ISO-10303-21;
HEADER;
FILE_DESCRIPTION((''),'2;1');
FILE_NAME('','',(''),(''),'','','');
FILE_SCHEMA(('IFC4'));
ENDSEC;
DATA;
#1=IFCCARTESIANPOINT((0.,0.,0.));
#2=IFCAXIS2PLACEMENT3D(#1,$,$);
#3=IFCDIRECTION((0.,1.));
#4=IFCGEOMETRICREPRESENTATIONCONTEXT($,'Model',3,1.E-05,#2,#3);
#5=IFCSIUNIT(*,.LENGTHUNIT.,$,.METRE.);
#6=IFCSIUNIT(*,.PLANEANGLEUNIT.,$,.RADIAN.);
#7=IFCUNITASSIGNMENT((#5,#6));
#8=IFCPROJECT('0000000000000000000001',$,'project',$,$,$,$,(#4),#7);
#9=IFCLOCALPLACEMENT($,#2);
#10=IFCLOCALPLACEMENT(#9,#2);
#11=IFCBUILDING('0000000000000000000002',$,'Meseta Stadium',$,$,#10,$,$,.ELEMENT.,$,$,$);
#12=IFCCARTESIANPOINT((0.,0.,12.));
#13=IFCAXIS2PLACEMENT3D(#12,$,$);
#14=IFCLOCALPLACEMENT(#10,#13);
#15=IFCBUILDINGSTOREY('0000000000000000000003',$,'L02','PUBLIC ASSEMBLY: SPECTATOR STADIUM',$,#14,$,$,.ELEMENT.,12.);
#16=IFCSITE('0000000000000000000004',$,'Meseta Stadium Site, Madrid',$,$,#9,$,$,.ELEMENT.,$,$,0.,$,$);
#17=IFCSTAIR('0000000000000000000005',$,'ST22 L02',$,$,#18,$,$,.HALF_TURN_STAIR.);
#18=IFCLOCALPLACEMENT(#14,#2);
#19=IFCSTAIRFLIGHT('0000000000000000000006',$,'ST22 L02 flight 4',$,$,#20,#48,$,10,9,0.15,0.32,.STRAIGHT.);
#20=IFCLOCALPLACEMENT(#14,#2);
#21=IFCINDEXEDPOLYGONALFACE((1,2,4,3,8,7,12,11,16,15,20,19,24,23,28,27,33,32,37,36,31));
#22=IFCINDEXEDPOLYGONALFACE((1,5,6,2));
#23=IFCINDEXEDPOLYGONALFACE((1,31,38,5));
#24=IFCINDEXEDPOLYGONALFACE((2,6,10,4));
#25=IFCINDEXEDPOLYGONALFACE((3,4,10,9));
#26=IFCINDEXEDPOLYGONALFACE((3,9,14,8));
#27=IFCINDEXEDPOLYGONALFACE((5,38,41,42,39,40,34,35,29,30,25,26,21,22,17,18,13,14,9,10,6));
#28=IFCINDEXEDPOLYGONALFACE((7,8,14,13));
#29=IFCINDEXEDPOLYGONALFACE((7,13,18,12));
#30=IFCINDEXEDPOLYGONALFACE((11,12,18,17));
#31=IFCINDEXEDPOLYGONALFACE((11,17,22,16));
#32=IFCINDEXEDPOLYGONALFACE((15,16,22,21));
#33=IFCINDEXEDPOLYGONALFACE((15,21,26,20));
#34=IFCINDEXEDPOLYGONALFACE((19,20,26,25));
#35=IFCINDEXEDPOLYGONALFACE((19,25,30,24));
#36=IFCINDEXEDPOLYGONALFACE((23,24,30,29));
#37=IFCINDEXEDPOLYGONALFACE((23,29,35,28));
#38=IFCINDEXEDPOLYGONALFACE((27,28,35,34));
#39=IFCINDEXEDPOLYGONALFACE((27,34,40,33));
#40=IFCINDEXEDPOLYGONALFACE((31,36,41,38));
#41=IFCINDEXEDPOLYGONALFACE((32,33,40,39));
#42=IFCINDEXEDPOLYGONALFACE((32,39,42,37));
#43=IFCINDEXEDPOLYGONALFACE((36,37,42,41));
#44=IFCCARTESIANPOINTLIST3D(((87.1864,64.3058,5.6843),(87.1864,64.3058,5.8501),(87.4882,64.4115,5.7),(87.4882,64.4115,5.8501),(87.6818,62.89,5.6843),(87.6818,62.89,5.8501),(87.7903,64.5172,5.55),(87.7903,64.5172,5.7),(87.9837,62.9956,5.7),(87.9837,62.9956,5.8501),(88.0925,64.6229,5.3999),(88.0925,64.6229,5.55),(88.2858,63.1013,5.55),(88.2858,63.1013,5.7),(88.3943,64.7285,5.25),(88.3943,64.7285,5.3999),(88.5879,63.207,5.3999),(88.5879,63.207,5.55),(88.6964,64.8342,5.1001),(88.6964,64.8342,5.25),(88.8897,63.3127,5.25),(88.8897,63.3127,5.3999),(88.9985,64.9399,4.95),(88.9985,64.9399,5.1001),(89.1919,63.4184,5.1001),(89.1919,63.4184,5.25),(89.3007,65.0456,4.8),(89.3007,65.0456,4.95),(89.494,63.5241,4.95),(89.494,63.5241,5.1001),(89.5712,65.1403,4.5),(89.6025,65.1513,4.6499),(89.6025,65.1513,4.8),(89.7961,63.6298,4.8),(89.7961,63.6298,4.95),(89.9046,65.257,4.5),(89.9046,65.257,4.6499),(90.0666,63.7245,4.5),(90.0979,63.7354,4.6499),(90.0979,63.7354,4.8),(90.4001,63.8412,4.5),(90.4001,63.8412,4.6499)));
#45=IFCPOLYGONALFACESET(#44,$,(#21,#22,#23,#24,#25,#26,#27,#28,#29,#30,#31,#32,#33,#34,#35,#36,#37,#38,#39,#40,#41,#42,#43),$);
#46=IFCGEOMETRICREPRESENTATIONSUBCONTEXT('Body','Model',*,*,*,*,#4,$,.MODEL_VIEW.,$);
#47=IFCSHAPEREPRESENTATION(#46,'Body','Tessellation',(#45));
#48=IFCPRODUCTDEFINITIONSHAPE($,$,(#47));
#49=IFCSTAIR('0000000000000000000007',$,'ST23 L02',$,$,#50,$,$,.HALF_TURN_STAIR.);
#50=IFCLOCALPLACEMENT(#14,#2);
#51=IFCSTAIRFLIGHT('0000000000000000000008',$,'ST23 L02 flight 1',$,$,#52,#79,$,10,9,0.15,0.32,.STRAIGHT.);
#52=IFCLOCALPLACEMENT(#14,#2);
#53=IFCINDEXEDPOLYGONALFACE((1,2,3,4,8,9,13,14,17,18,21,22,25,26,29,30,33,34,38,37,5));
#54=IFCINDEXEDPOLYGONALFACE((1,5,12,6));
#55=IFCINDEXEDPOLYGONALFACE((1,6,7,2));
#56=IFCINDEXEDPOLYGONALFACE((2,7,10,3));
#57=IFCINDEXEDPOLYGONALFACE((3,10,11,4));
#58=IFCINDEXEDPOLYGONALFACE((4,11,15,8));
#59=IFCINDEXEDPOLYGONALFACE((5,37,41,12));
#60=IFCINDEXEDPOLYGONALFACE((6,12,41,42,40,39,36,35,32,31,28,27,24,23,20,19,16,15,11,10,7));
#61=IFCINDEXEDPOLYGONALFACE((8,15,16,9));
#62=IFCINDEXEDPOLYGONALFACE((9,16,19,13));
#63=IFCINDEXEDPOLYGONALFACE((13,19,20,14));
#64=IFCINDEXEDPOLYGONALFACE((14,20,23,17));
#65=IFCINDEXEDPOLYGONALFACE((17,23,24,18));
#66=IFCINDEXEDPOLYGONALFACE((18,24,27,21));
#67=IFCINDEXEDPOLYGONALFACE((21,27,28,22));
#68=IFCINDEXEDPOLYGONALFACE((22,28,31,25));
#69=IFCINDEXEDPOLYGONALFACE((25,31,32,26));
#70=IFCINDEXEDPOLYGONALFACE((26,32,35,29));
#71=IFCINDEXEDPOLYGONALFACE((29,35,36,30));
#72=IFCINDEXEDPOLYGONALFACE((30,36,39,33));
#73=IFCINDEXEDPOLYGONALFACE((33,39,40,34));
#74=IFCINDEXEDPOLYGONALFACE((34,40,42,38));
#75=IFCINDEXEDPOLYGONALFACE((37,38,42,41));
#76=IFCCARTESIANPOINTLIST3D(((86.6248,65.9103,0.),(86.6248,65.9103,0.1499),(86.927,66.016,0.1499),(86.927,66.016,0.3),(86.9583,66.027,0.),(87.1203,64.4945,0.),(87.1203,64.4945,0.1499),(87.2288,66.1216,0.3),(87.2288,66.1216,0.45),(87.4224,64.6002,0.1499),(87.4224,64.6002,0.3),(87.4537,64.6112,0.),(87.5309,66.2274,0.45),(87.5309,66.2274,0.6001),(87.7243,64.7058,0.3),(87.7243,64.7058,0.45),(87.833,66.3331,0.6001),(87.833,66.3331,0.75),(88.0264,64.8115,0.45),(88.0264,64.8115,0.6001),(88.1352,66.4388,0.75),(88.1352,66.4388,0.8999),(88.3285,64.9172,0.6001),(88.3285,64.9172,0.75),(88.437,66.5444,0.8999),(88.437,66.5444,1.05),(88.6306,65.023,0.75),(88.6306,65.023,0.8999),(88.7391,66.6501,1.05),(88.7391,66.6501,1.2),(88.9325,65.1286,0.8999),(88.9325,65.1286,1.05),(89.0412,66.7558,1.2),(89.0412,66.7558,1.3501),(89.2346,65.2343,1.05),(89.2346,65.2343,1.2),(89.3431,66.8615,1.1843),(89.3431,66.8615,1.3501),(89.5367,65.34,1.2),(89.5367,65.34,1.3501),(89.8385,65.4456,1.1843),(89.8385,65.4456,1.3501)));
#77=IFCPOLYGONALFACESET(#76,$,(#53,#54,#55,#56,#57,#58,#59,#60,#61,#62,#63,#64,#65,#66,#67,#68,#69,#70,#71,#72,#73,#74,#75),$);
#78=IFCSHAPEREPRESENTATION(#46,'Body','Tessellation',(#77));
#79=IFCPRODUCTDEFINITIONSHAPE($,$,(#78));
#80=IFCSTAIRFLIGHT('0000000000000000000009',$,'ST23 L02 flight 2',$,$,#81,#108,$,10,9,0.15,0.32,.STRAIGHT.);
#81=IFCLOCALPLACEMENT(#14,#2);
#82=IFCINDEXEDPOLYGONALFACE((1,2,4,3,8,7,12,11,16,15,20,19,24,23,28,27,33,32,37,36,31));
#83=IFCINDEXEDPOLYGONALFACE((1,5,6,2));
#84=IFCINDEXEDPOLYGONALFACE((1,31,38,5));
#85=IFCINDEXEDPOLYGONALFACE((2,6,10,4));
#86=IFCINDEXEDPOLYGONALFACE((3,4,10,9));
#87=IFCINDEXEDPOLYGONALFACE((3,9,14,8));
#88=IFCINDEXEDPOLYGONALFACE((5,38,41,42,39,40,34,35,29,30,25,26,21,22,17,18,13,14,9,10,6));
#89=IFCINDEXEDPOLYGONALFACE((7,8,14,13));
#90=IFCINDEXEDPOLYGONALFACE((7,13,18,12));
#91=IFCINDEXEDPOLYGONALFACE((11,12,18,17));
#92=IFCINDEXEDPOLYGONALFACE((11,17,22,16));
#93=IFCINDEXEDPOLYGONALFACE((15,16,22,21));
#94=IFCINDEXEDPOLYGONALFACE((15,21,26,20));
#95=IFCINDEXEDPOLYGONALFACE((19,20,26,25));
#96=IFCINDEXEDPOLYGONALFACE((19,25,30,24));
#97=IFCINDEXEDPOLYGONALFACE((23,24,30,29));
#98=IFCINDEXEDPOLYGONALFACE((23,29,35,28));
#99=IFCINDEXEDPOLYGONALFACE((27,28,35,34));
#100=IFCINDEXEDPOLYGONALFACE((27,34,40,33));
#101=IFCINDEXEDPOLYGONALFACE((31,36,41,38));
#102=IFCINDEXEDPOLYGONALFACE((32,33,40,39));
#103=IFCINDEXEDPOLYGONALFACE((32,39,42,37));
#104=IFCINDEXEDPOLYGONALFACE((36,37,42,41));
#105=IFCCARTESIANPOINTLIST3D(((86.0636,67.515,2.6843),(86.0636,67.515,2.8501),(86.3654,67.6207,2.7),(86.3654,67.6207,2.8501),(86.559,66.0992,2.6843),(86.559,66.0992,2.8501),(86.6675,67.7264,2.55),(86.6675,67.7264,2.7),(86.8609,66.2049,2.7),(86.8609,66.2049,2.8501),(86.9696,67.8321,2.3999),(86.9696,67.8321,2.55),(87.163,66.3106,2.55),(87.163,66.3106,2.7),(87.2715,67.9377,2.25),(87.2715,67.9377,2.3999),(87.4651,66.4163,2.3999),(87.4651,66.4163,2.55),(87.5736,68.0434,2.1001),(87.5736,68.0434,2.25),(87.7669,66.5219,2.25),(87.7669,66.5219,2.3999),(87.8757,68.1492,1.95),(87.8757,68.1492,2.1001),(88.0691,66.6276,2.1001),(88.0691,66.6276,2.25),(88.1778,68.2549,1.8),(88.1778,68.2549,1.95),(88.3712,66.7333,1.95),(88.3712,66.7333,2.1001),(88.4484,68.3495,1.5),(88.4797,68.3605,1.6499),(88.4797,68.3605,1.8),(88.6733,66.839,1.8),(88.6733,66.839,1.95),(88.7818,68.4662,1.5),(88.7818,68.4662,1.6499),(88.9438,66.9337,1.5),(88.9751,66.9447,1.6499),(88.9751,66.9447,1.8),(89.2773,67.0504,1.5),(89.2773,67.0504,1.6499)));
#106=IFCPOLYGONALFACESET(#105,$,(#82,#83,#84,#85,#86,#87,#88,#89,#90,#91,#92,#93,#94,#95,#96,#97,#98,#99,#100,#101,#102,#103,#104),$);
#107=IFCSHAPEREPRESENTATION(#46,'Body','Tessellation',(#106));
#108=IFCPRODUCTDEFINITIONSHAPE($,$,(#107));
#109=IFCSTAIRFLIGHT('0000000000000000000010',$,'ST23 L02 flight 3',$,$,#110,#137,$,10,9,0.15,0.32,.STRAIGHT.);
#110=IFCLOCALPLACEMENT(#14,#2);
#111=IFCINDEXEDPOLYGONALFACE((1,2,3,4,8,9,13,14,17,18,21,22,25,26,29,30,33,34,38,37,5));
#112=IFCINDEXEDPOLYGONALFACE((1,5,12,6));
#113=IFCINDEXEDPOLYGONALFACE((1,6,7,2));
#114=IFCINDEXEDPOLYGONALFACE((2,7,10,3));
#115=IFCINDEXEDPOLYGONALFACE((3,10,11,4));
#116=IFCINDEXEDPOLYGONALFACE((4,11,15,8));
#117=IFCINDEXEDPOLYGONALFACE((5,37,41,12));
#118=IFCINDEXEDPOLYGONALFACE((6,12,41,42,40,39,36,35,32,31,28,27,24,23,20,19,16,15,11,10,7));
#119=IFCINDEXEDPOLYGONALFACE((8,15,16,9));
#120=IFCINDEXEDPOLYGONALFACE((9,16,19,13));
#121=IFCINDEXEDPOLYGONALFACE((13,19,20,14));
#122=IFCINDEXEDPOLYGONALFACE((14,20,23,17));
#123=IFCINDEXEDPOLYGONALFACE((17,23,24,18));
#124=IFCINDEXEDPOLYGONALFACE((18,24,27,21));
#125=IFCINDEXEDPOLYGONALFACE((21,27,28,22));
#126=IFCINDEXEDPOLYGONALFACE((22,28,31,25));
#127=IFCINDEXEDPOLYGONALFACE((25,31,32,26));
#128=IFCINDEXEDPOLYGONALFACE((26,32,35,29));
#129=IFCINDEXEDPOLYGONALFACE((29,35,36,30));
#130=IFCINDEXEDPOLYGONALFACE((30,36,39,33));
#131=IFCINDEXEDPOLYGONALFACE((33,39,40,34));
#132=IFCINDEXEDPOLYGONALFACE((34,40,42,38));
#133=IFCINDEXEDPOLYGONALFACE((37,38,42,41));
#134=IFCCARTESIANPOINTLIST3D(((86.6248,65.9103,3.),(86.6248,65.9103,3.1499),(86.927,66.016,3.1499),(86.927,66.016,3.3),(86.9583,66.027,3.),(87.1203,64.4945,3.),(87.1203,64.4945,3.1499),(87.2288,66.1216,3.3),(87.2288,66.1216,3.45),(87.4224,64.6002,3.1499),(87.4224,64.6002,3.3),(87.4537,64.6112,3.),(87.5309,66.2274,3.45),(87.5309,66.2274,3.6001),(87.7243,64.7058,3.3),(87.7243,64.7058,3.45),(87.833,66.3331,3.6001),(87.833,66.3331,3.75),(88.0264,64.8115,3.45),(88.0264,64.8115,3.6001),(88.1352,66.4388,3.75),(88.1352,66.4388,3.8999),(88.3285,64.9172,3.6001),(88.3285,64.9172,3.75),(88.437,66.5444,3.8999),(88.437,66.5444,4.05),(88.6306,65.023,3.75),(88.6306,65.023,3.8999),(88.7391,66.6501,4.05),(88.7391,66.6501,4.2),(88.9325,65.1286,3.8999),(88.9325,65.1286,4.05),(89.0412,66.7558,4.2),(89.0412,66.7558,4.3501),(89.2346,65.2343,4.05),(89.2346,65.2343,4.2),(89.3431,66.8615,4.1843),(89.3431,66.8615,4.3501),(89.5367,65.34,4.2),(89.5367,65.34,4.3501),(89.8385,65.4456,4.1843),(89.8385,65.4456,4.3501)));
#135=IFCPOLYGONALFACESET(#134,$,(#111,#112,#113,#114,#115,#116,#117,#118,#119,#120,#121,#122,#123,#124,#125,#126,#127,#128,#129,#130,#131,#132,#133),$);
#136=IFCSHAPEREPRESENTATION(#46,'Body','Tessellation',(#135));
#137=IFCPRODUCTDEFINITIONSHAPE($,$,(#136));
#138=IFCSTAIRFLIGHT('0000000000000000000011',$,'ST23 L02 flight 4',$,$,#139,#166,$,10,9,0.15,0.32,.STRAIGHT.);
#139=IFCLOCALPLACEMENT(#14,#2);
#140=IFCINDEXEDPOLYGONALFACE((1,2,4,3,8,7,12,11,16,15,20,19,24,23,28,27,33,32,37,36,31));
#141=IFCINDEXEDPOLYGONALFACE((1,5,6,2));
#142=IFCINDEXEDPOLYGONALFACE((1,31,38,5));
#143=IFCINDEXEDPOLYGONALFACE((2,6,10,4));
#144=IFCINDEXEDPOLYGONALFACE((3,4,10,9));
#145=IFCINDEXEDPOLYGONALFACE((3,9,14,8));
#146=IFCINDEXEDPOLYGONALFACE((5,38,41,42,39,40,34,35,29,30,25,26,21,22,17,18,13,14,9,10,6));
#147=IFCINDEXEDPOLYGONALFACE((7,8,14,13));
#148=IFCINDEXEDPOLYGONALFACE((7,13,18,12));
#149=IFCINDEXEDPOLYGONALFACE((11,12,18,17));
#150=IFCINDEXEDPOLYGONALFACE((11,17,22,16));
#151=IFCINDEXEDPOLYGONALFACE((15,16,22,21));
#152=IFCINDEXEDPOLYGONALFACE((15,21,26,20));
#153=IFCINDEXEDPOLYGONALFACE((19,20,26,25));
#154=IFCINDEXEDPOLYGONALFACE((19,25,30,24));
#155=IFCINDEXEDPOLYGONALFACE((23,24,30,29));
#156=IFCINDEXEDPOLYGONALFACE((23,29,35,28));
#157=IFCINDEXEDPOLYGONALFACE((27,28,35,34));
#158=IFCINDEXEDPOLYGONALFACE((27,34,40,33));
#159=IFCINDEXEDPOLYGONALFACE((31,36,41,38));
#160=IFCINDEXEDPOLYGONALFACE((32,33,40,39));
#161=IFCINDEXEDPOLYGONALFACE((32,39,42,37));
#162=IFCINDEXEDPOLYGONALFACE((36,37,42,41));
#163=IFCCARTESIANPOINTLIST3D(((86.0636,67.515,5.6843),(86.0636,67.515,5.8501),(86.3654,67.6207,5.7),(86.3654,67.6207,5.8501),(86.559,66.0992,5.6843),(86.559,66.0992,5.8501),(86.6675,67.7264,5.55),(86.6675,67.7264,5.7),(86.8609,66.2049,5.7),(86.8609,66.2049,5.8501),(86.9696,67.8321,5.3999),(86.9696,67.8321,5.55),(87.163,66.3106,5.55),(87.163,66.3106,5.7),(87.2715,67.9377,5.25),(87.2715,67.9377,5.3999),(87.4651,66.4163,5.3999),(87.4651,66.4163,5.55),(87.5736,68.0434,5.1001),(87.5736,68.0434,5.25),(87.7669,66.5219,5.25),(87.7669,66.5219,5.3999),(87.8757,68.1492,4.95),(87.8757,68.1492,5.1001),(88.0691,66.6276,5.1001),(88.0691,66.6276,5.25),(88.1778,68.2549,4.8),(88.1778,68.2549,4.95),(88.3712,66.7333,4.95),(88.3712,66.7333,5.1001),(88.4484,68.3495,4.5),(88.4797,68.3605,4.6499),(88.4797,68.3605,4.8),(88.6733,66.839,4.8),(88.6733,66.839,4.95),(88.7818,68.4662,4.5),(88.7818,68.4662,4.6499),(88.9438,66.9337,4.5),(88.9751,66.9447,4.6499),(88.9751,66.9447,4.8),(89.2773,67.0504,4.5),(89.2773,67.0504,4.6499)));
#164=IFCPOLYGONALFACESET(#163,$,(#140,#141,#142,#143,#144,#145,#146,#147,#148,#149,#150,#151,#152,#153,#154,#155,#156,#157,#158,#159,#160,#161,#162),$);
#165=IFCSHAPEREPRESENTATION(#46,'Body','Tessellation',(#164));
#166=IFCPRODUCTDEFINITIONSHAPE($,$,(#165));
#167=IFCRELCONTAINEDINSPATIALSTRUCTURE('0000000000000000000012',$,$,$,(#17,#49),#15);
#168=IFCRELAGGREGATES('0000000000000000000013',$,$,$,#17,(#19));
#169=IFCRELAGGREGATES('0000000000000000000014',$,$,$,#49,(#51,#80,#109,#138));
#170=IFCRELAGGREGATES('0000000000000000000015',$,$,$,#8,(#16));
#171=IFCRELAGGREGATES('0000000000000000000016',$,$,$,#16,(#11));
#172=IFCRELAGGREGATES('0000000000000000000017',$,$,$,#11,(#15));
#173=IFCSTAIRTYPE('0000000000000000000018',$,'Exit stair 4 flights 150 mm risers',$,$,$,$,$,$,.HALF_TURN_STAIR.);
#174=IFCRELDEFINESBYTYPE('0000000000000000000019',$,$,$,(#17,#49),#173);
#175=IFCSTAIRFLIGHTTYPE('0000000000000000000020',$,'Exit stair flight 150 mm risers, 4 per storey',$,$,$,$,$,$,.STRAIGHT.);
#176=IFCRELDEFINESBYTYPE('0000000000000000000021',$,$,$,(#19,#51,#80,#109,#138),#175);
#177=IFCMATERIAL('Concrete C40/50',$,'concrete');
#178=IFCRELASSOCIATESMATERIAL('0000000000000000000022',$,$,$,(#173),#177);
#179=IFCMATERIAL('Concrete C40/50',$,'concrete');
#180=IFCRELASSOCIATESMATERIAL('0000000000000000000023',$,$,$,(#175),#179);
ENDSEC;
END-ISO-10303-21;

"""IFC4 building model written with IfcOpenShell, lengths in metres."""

from ifc_helpers import new_model, si_unit, direction, frame, origin, place, context, subcontext, project, spatial, polyline, outline, extrude, material, type_object, element, aggregate, save


model = new_model("IFC4")

# Units and contexts
model_context = context("Model", 3, precision=1e-05, world=origin(), true_north=direction((0.0, 1.0)))
body_context = subcontext(model_context, "Body", "Model", "MODEL_VIEW")
ifc_project = project(units=[si_unit("LENGTHUNIT", "METRE"), si_unit("PLANEANGLEUNIT", "RADIAN")], contexts=[model_context])

# Site, building, storey
site_placement = place(None, origin())
site = spatial("IfcSite", under=ifc_project, at=site_placement, Name="Meseta Stadium Site, Madrid", CompositionType="ELEMENT", RefElevation=0.0)
building_placement = place(site_placement, origin())
building = spatial("IfcBuilding", under=site, at=building_placement, Name="Meseta Stadium", CompositionType="ELEMENT")
storey_placement = place(building_placement, frame((0.0, 0.0, 12.0)))
storey = spatial("IfcBuildingStorey", under=building, at=storey_placement, Name="L02", Description="PUBLIC ASSEMBLY: SPECTATOR STADIUM", CompositionType="ELEMENT", Elevation=12.0)

# Stairs, stair flights
ifc_material_1 = material(Name="Concrete C40/50", Category="concrete")
stair_type = type_object("IfcStairType", Name="Exit stair 4 flights 150 mm risers", PredefinedType="HALF_TURN_STAIR", material=ifc_material_1)
stair_1_placement = place(storey_placement, origin())
stair_1 = element("IfcStair", 1, at=stair_1_placement, inside=storey, type_object=stair_type, Name="ST22 L02", PredefinedType="HALF_TURN_STAIR")
ifc_material_2 = material(Name="Concrete C40/50", Category="concrete")
stair_flight_type = type_object("IfcStairFlightType", Name="Exit stair flight 150 mm risers, 4 per storey", PredefinedType="STRAIGHT", material=ifc_material_2)
stair_flight_1_placement = place(storey_placement, frame((90.1523, 64.5491, 4.5), z_axis=(0.0, 0.0, 1.0), x_axis=(-0.943883, -0.330279, 0.0)))
stair_flight_1 = element("IfcStairFlight", 2, at=stair_flight_1_placement, type_object=stair_flight_type, Name="ST22 L02 flight 4", NumberOfRisers=10, NumberOfTreads=9, PredefinedType="STRAIGHT", RiserHeight=0.15, TreadLength=0.32, context=body_context, shape_type="SweptSolid", body=[
    extrude(outline(polyline([(0.0, 0.0), (0.0, 0.1499), (0.3201, 0.1499), (0.3201, 0.3), (0.6399, 0.3), (0.6399, 0.45), (0.96, 0.45), (0.96, 0.6001), (1.28, 0.6001), (1.28, 0.75), (1.6001, 0.75), (1.6001, 0.8999), (1.9199, 0.8999), (1.9199, 1.05), (2.24, 1.05), (2.24, 1.2), (2.5601, 1.2), (2.5601, 1.3501), (2.8799, 1.3501), (2.8799, 1.1843), (0.3533, 0.0), (0.0, 0.0)])), frame((0.0, 0.75, 0.0), z_axis=(0.0, -1.0, 0.0), x_axis=(1.0, 0.0, 0.0)), (0.0, 0.0, 1.0), 1.5),
])
aggregate(stair_1, [stair_flight_1])
stair_2_placement = place(storey_placement, origin())
stair_2 = element("IfcStair", 3, at=stair_2_placement, inside=storey, type_object=stair_type, Name="ST23 L02", PredefinedType="HALF_TURN_STAIR")
stair_flight_2_placement = place(storey_placement, frame((86.8726, 65.2024, 0.0), z_axis=(0.0, 0.0, 1.0), x_axis=(0.943883, 0.330279, 0.0)))
stair_flight_2 = element("IfcStairFlight", 4, at=stair_flight_2_placement, type_object=stair_flight_type, Name="ST23 L02 flight 1", NumberOfRisers=10, NumberOfTreads=9, PredefinedType="STRAIGHT", RiserHeight=0.15, TreadLength=0.32, context=body_context, shape_type="SweptSolid", body=[
    extrude(outline(polyline([(0.0, 0.0), (0.0, 0.1499), (0.3201, 0.1499), (0.3201, 0.3), (0.6399, 0.3), (0.6399, 0.45), (0.96, 0.45), (0.96, 0.6001), (1.28, 0.6001), (1.28, 0.75), (1.6001, 0.75), (1.6001, 0.8999), (1.9199, 0.8999), (1.9199, 1.05), (2.24, 1.05), (2.24, 1.2), (2.5601, 1.2), (2.5601, 1.3501), (2.8799, 1.3501), (2.8799, 1.1843), (0.3533, 0.0), (0.0, 0.0)])), frame((0.0, 0.75, 0.0), z_axis=(0.0, -1.0, 0.0), x_axis=(1.0, 0.0, 0.0)), (0.0, 0.0, 1.0), 1.5),
])
stair_flight_3_placement = place(storey_placement, frame((89.0295, 67.7583, 1.5), z_axis=(0.0, 0.0, 1.0), x_axis=(-0.943883, -0.330279, 0.0)))
stair_flight_3 = element("IfcStairFlight", 5, at=stair_flight_3_placement, type_object=stair_flight_type, Name="ST23 L02 flight 2", NumberOfRisers=10, NumberOfTreads=9, PredefinedType="STRAIGHT", RiserHeight=0.15, TreadLength=0.32, context=body_context, shape_type="SweptSolid", body=[
    extrude(outline(polyline([(0.0, 0.0), (0.0, 0.1499), (0.3201, 0.1499), (0.3201, 0.3), (0.6399, 0.3), (0.6399, 0.45), (0.96, 0.45), (0.96, 0.6001), (1.28, 0.6001), (1.28, 0.75), (1.6001, 0.75), (1.6001, 0.8999), (1.9199, 0.8999), (1.9199, 1.05), (2.24, 1.05), (2.24, 1.2), (2.5601, 1.2), (2.5601, 1.3501), (2.8799, 1.3501), (2.8799, 1.1843), (0.3533, 0.0), (0.0, 0.0)])), frame((0.0, 0.75, 0.0), z_axis=(0.0, -1.0, 0.0), x_axis=(1.0, 0.0, 0.0)), (0.0, 0.0, 1.0), 1.5),
])
stair_flight_4_placement = place(storey_placement, frame((86.8726, 65.2024, 3.0), z_axis=(0.0, 0.0, 1.0), x_axis=(0.943883, 0.330279, 0.0)))
stair_flight_4 = element("IfcStairFlight", 6, at=stair_flight_4_placement, type_object=stair_flight_type, Name="ST23 L02 flight 3", NumberOfRisers=10, NumberOfTreads=9, PredefinedType="STRAIGHT", RiserHeight=0.15, TreadLength=0.32, context=body_context, shape_type="SweptSolid", body=[
    extrude(outline(polyline([(0.0, 0.0), (0.0, 0.1499), (0.3201, 0.1499), (0.3201, 0.3), (0.6399, 0.3), (0.6399, 0.45), (0.96, 0.45), (0.96, 0.6001), (1.28, 0.6001), (1.28, 0.75), (1.6001, 0.75), (1.6001, 0.8999), (1.9199, 0.8999), (1.9199, 1.05), (2.24, 1.05), (2.24, 1.2), (2.5601, 1.2), (2.5601, 1.3501), (2.8799, 1.3501), (2.8799, 1.1843), (0.3533, 0.0), (0.0, 0.0)])), frame((0.0, 0.75, 0.0), z_axis=(0.0, -1.0, 0.0), x_axis=(1.0, 0.0, 0.0)), (0.0, 0.0, 1.0), 1.5),
])
stair_flight_5_placement = place(storey_placement, frame((89.0295, 67.7583, 4.5), z_axis=(0.0, 0.0, 1.0), x_axis=(-0.943883, -0.330279, 0.0)))
stair_flight_5 = element("IfcStairFlight", 7, at=stair_flight_5_placement, type_object=stair_flight_type, Name="ST23 L02 flight 4", NumberOfRisers=10, NumberOfTreads=9, PredefinedType="STRAIGHT", RiserHeight=0.15, TreadLength=0.32, context=body_context, shape_type="SweptSolid", body=[
    extrude(outline(polyline([(0.0, 0.0), (0.0, 0.1499), (0.3201, 0.1499), (0.3201, 0.3), (0.6399, 0.3), (0.6399, 0.45), (0.96, 0.45), (0.96, 0.6001), (1.28, 0.6001), (1.28, 0.75), (1.6001, 0.75), (1.6001, 0.8999), (1.9199, 0.8999), (1.9199, 1.05), (2.24, 1.05), (2.24, 1.2), (2.5601, 1.2), (2.5601, 1.3501), (2.8799, 1.3501), (2.8799, 1.1843), (0.3533, 0.0), (0.0, 0.0)])), frame((0.0, 0.75, 0.0), z_axis=(0.0, -1.0, 0.0), x_axis=(1.0, 0.0, 0.0)), (0.0, 0.0, 1.0), 1.5),
])
aggregate(stair_2, [stair_flight_2, stair_flight_3, stair_flight_4, stair_flight_5])

save(model, "model.ifc")
